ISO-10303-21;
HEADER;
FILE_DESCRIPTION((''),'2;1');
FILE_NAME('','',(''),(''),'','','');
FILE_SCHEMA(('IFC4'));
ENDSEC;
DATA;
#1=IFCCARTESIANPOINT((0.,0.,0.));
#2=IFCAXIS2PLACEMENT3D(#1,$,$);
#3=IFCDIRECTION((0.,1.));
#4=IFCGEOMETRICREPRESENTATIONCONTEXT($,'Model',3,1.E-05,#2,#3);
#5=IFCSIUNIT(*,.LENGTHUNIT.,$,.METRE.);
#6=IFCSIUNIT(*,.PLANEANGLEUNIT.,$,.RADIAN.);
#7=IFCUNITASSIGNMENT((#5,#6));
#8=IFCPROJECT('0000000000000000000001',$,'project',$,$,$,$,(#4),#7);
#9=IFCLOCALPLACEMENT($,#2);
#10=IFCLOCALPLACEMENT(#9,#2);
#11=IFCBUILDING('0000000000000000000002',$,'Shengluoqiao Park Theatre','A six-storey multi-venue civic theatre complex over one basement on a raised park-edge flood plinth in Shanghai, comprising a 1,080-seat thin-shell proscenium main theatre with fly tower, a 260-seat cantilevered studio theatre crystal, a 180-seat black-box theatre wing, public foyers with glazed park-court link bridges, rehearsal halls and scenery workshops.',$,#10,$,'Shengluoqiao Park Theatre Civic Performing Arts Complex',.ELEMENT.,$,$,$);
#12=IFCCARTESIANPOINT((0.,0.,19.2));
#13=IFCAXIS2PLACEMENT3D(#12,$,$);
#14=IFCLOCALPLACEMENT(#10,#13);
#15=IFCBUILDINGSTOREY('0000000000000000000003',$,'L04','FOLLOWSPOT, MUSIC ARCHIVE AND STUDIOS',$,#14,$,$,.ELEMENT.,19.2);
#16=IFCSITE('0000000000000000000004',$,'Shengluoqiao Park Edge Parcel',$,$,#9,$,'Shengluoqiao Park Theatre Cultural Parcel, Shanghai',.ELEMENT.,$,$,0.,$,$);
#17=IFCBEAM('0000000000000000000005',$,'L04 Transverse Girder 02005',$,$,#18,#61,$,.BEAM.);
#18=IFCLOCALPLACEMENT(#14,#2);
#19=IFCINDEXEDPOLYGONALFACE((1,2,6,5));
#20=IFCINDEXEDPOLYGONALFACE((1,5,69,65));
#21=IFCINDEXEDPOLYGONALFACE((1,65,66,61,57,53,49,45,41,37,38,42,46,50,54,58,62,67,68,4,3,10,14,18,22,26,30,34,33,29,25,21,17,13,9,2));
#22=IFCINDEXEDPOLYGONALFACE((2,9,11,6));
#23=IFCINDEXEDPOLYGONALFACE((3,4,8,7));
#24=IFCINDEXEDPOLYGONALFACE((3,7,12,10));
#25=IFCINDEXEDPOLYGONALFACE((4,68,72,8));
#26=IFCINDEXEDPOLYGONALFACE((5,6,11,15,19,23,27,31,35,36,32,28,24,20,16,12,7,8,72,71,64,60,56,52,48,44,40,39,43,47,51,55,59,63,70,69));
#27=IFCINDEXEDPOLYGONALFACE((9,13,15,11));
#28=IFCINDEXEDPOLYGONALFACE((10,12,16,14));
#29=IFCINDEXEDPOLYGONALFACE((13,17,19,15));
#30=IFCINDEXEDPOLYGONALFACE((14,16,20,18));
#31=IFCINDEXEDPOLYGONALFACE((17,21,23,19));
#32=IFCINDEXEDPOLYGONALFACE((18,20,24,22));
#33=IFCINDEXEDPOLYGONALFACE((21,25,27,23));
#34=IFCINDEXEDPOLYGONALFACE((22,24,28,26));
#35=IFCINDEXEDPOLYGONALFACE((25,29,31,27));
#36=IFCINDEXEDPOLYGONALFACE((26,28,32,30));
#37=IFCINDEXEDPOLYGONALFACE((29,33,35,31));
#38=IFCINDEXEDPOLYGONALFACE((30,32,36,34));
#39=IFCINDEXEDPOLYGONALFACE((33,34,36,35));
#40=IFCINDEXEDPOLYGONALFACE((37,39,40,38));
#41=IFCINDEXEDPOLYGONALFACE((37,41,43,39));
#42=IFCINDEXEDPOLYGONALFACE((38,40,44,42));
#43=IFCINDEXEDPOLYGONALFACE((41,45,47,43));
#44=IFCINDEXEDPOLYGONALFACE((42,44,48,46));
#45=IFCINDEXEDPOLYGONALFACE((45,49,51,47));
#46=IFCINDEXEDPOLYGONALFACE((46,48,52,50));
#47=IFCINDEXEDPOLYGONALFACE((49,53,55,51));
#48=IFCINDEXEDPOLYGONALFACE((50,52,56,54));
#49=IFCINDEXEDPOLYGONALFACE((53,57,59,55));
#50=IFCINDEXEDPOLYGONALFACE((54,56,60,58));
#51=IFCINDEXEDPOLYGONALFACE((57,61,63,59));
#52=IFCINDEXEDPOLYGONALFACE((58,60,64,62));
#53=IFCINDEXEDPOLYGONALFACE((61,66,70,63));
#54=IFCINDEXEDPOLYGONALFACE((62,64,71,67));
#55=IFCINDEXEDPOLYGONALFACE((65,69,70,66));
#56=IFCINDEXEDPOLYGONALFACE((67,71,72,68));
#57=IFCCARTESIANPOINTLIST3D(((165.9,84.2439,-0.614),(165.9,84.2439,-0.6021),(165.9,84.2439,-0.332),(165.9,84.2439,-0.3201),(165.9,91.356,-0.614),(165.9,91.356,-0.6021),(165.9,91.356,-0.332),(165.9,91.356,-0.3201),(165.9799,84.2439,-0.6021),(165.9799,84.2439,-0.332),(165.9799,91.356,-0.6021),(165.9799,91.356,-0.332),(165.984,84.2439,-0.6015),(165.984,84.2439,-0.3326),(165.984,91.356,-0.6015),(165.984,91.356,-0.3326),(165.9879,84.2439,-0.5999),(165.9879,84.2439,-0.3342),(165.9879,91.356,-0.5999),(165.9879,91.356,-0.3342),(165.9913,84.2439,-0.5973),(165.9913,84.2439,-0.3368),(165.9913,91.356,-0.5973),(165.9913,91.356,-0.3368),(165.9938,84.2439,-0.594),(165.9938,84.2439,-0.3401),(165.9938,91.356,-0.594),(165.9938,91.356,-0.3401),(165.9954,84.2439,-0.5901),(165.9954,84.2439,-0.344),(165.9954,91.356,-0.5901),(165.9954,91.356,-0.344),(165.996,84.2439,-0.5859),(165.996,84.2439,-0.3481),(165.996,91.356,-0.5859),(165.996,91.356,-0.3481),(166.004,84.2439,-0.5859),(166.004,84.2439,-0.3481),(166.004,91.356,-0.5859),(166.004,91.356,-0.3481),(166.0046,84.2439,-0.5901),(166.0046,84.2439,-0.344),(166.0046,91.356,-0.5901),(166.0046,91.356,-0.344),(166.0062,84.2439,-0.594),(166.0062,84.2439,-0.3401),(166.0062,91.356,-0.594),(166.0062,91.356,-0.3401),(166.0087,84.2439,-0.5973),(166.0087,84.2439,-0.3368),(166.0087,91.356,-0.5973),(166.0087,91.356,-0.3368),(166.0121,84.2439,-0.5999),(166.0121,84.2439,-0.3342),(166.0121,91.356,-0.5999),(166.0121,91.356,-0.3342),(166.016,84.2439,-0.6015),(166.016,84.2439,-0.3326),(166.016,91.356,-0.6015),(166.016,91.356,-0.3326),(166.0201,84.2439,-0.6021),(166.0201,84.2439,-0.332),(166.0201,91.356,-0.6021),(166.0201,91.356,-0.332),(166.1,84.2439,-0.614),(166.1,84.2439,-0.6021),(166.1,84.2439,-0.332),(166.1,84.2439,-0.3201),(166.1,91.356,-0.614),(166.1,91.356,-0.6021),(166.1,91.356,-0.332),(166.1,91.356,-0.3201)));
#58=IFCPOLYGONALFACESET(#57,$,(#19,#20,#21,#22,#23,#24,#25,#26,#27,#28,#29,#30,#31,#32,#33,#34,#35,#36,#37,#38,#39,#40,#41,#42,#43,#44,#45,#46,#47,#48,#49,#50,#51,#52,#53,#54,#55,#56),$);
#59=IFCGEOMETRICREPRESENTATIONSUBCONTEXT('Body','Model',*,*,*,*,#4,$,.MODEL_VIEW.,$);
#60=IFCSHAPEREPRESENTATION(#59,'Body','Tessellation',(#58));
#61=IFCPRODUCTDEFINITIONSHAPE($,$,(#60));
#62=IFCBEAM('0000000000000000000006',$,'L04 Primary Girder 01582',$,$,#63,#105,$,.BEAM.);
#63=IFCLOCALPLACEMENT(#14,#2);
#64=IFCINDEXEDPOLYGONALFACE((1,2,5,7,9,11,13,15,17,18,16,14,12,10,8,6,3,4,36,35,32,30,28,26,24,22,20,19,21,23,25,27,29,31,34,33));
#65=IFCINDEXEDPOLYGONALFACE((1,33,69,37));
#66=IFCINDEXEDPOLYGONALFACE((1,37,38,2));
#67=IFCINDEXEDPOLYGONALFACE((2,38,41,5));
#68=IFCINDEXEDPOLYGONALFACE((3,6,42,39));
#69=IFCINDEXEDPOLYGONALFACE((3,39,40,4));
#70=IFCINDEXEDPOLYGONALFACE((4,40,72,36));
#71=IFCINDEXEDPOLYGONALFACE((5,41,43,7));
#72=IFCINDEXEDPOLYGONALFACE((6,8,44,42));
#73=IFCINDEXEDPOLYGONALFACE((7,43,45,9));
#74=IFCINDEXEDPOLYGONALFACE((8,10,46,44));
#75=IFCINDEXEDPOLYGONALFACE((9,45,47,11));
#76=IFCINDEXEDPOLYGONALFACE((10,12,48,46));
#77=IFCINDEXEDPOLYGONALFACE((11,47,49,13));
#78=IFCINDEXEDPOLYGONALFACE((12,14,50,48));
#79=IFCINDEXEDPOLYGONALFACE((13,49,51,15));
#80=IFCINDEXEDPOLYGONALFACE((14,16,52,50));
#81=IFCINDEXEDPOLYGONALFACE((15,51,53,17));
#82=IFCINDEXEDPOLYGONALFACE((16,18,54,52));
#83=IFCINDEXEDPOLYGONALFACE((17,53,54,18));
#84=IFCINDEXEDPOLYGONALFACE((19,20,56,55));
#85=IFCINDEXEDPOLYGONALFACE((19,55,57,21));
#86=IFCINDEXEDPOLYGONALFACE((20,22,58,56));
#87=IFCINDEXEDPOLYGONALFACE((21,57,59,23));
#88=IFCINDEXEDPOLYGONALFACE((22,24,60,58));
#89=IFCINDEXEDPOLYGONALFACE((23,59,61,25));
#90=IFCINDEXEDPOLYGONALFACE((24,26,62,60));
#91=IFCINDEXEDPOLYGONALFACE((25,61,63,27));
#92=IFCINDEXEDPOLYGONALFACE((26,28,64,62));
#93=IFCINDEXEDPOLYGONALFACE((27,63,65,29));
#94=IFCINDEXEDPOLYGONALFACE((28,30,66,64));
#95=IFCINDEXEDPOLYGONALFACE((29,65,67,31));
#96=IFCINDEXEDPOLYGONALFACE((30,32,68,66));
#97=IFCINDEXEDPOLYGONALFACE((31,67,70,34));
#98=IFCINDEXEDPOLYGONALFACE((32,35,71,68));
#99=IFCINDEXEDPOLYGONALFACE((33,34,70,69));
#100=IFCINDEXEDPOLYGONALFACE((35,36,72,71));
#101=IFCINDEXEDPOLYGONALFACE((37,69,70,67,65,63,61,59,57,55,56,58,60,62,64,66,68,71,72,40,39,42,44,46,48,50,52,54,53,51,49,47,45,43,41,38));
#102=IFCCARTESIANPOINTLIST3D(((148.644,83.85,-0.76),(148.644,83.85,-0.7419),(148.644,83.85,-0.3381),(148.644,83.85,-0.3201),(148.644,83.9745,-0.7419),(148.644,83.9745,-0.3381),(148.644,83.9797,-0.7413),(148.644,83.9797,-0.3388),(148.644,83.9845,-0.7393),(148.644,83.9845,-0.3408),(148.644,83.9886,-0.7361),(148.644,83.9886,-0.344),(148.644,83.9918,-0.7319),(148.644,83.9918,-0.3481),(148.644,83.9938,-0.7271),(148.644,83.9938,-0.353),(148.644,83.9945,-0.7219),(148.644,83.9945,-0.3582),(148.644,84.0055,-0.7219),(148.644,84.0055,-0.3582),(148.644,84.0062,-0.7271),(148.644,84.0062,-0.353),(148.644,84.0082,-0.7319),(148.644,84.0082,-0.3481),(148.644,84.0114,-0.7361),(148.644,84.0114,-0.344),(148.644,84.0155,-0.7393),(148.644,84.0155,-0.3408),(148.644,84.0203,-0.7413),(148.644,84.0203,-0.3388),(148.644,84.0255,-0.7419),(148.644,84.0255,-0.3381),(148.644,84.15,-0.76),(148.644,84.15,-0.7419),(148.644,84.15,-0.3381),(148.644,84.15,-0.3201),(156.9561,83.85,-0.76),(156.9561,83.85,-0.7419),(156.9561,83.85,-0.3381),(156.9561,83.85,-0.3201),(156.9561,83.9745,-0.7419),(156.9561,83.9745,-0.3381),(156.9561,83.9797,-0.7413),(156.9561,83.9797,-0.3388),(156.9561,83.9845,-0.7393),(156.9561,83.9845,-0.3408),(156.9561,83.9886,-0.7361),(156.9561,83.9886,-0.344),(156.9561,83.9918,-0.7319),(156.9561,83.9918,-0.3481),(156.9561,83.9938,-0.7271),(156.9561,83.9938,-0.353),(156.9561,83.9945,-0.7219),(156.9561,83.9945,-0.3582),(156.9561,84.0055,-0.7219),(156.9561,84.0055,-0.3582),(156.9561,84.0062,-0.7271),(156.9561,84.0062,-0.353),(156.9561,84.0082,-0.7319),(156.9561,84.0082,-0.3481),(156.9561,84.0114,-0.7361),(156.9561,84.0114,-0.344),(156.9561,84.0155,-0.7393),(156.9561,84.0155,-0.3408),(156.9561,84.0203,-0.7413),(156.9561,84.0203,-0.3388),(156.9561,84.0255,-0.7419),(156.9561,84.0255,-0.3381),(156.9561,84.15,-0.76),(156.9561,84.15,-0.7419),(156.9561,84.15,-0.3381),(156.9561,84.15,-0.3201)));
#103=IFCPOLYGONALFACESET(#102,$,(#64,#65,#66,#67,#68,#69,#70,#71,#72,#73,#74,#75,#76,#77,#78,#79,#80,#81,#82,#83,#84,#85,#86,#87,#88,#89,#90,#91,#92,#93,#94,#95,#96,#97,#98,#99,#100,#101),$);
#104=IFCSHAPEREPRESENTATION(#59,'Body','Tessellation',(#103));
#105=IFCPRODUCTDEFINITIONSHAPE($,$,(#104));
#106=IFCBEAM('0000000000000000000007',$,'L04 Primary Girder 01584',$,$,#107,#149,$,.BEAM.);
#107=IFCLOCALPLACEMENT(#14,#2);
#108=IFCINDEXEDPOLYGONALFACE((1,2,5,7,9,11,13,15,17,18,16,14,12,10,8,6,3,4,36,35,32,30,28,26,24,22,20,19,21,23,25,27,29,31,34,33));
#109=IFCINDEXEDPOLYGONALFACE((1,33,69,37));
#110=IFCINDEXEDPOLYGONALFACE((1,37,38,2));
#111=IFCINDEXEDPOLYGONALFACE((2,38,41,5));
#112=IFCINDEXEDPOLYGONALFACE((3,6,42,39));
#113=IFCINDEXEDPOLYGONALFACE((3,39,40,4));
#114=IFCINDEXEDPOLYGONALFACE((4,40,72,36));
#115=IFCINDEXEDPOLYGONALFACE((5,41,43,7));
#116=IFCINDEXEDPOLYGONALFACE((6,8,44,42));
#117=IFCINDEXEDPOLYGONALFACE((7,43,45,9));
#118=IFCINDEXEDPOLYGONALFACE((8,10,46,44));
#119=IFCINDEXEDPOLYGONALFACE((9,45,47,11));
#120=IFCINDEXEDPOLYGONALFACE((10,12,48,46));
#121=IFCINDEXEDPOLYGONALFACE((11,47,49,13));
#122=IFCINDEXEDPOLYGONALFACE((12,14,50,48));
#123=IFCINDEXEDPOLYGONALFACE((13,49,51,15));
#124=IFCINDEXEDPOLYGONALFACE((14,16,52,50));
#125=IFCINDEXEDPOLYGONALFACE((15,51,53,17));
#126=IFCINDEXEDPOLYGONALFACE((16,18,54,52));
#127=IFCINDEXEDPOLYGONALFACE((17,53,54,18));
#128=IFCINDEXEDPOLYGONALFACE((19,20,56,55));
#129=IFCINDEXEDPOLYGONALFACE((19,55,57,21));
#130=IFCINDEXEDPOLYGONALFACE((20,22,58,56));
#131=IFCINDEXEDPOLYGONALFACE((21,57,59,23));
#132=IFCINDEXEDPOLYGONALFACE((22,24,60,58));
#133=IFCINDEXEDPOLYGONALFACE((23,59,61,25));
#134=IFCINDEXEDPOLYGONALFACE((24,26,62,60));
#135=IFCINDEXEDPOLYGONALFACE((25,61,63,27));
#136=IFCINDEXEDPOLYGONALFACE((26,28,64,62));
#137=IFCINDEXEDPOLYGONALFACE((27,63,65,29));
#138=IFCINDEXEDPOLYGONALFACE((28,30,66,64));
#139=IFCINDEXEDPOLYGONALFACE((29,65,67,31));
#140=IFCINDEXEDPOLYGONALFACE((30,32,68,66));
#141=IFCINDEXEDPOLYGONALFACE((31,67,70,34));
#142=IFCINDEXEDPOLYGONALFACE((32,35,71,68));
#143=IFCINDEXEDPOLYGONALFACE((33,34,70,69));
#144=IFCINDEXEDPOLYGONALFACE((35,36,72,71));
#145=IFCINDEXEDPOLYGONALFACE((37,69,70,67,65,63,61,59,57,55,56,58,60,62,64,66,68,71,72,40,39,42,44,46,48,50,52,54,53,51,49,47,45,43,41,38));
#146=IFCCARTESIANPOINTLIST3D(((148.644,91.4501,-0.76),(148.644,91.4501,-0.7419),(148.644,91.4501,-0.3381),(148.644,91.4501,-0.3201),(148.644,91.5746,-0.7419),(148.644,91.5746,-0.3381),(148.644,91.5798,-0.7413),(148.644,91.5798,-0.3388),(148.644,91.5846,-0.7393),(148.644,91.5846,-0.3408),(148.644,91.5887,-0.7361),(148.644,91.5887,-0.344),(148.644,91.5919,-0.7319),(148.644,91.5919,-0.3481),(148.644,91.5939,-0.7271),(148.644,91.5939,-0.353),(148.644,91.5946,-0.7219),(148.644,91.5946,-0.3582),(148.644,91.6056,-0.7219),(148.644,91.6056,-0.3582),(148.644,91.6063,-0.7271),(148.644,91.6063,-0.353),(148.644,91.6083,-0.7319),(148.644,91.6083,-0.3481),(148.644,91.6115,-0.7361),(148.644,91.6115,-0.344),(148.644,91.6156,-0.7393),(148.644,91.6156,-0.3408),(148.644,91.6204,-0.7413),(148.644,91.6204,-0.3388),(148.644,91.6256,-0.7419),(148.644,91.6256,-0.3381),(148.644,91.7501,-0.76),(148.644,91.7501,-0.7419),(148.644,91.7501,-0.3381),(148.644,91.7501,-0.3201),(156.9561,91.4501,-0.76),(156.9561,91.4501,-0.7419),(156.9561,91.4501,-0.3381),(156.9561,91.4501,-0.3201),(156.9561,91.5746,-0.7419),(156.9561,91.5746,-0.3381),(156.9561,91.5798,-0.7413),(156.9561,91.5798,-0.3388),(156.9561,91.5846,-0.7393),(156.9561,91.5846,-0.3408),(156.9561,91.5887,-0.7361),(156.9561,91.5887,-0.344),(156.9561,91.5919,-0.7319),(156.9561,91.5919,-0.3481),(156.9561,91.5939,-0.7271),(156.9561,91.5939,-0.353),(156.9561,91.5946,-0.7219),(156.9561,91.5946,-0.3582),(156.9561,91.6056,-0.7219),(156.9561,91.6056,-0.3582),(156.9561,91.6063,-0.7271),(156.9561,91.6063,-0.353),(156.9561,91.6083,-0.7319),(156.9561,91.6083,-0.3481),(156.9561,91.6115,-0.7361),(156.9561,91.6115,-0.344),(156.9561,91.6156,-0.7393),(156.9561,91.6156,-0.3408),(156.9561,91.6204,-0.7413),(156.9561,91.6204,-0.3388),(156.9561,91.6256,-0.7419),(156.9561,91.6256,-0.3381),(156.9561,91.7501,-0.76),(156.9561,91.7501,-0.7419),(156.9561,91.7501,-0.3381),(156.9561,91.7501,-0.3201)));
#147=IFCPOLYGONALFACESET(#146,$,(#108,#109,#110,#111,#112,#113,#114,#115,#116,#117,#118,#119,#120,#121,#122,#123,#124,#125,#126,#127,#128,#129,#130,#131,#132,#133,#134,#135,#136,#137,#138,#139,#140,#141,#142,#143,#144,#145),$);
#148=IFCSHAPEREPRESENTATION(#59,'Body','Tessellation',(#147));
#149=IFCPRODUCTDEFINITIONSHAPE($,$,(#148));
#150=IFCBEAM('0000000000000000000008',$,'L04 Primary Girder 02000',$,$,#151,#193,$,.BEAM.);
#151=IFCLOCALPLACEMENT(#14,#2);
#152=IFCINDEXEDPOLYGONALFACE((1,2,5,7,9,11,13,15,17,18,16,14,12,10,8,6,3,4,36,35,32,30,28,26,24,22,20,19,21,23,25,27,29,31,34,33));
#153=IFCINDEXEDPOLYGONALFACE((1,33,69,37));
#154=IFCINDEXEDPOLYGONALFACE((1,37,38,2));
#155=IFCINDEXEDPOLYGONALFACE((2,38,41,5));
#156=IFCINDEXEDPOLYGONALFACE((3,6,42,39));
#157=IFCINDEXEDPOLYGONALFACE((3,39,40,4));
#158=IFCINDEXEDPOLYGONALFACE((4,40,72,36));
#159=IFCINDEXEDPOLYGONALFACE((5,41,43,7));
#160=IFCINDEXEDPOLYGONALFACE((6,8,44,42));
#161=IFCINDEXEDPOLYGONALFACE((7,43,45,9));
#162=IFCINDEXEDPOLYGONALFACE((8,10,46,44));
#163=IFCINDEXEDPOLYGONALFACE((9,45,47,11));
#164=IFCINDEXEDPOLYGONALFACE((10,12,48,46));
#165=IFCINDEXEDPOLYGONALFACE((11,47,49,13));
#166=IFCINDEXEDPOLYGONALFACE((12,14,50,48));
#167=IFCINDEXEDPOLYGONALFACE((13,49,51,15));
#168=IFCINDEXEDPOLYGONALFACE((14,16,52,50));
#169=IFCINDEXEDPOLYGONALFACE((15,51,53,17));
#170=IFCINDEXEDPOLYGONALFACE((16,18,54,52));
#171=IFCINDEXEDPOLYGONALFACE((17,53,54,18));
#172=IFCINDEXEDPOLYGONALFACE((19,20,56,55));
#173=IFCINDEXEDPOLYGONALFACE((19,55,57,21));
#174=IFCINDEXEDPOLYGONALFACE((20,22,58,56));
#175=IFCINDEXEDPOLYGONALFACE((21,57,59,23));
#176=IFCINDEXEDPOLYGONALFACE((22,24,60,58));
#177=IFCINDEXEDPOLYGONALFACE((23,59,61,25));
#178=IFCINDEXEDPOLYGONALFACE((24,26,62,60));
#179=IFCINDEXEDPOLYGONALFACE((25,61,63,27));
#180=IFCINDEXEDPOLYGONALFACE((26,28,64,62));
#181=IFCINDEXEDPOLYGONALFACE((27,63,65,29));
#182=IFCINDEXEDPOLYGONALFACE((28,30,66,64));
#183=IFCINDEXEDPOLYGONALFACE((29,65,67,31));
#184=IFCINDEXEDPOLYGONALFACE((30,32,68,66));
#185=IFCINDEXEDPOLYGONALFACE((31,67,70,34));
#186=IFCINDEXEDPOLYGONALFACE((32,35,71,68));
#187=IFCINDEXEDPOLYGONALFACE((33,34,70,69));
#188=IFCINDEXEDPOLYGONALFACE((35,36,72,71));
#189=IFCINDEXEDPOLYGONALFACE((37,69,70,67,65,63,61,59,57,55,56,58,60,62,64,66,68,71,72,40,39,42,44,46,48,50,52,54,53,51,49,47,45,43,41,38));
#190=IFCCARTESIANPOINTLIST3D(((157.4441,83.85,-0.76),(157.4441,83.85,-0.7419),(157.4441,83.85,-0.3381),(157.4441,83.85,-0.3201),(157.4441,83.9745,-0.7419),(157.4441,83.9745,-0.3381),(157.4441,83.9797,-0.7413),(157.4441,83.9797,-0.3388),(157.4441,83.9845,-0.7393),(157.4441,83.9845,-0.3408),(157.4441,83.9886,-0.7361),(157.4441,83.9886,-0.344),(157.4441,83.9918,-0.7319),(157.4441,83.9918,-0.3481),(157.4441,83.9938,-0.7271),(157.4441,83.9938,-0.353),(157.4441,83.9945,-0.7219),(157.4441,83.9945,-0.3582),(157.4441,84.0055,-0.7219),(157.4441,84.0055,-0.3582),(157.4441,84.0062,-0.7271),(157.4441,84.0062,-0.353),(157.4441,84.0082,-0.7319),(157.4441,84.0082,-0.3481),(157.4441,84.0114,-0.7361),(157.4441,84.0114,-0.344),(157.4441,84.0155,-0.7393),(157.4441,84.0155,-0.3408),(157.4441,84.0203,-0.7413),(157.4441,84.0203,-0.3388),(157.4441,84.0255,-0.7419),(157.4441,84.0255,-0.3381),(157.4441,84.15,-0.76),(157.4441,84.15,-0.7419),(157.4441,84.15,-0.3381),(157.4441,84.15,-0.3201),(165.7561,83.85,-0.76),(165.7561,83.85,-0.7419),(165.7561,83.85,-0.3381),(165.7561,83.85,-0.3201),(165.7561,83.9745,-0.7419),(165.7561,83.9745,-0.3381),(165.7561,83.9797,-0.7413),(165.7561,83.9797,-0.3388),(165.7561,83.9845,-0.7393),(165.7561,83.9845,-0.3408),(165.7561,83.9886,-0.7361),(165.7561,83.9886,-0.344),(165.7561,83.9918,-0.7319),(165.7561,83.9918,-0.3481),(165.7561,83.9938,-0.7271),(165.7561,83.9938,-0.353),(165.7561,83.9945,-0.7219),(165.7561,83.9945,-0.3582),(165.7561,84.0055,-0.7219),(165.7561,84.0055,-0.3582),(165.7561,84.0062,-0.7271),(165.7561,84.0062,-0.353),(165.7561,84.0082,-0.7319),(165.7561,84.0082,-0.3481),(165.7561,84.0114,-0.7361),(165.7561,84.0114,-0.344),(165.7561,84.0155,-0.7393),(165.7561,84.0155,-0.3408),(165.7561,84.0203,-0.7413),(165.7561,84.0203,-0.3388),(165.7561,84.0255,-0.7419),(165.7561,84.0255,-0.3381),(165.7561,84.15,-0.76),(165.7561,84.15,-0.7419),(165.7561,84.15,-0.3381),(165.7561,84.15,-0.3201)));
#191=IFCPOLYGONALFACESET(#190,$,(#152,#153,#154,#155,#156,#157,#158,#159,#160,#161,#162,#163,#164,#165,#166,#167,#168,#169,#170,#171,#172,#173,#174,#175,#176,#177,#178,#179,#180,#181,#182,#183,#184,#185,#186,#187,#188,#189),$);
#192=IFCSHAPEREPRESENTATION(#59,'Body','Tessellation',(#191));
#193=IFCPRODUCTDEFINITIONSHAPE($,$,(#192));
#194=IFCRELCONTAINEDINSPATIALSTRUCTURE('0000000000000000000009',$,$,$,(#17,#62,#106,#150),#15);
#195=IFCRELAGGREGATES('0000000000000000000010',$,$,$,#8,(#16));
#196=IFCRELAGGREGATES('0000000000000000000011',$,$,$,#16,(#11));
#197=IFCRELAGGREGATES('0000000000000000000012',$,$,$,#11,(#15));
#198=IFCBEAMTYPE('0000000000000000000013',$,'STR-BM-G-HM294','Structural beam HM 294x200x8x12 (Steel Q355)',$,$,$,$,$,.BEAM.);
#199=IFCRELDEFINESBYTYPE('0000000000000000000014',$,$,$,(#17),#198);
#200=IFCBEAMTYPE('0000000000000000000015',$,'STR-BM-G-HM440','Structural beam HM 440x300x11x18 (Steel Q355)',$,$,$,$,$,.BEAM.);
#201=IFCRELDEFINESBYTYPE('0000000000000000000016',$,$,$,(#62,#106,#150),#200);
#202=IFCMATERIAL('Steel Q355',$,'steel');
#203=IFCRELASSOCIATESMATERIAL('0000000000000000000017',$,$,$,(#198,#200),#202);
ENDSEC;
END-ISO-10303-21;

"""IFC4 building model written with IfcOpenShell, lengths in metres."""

from ifc_helpers import new_model, si_unit, direction, frame, origin, origin_2d, place, context, subcontext, project, spatial, i_section, extrude, material, material_profile, profile_set, type_object, element, save


model = new_model("IFC4")

# Units and contexts
model_context = context("Model", 3, precision=1e-05, world=origin(), true_north=direction((0.0, 1.0)))
body_context = subcontext(model_context, "Body", "Model", "MODEL_VIEW")
ifc_project = project(units=[si_unit("LENGTHUNIT", "METRE"), si_unit("PLANEANGLEUNIT", "RADIAN")], contexts=[model_context])

# Site, building, storey
site_placement = place(None, origin())
site = spatial("IfcSite", under=ifc_project, at=site_placement, Name="Shengluoqiao Park Edge Parcel", LongName="Shengluoqiao Park Theatre Cultural Parcel, Shanghai", CompositionType="ELEMENT", RefElevation=0.0)
building_placement = place(site_placement, origin())
building = spatial("IfcBuilding", under=site, at=building_placement, Name="Shengluoqiao Park Theatre", Description="A six-storey multi-venue civic theatre complex over one basement on a raised park-edge flood plinth in Shanghai, comprising a 1,080-seat thin-shell proscenium main theatre with fly tower, a 260-seat cantilevered studio theatre crystal, a 180-seat black-box theatre wing, public foyers with glazed park-court link bridges, rehearsal halls and scenery workshops.", LongName="Shengluoqiao Park Theatre Civic Performing Arts Complex", CompositionType="ELEMENT")
storey_placement = place(building_placement, frame((0.0, 0.0, 19.2)))
storey = spatial("IfcBuildingStorey", under=building, at=storey_placement, Name="L04", Description="FOLLOWSPOT, MUSIC ARCHIVE AND STUDIOS", CompositionType="ELEMENT", Elevation=19.2)

# Shared definitions
ifc_material_1 = material(Name="Steel Q355", Category="steel")

# Beams
ifc_material_profile_1 = material_profile(ifc_material_1, i_section(OverallWidth=0.2, OverallDepth=0.2939, WebThickness=0.0081, FlangeThickness=0.012, FilletRadius=0.0161, at=origin_2d()), Name="HM 294x200x8x12")
ifc_profile_set_1 = profile_set([ifc_material_profile_1], Name="Steel Q355")
beam_type_1 = type_object("IfcBeamType", Name="STR-BM-G-HM294", Description="Structural beam HM 294x200x8x12 (Steel Q355)", PredefinedType="BEAM", material=ifc_profile_set_1)
for number, where, z_axis, x_axis, name in (
    (1, (166.0, 84.2439, -0.467), (0.0, 1.0, 0.0), (-1.0, 0.0, 0.0), "L04 Transverse Girder 02005"),
):
    element("IfcBeam", number, at=place(storey_placement, frame(where, z_axis=z_axis, x_axis=x_axis)), inside=storey, type_object=beam_type_1, Name=name, PredefinedType="BEAM", context=body_context, shape_type="SweptSolid", body=[
        extrude(i_section(OverallWidth=0.2, OverallDepth=0.2939, WebThickness=0.0081, FlangeThickness=0.012, FilletRadius=0.0161, at=origin_2d()), origin(), (0.0, 0.0, 1.0), 7.1121),
    ])
ifc_material_profile_2 = material_profile(ifc_material_1, i_section(OverallWidth=0.3, OverallDepth=0.4399, WebThickness=0.011, FlangeThickness=0.0181, FilletRadius=0.02, at=origin_2d()), Name="HM 440x300x11x18")
ifc_profile_set_2 = profile_set([ifc_material_profile_2], Name="Steel Q355")
beam_type_2 = type_object("IfcBeamType", Name="STR-BM-G-HM440", Description="Structural beam HM 440x300x11x18 (Steel Q355)", PredefinedType="BEAM", material=ifc_profile_set_2)
for number, where, z_axis, x_axis, name in (
    (2, (148.644, 84.0, -0.54), (1.0, 0.0, 0.0), (0.0, 1.0, 0.0), "L04 Primary Girder 01582"),
    (3, (148.644, 91.6001, -0.54), (1.0, 0.0, 0.0), (0.0, 1.0, 0.0), "L04 Primary Girder 01584"),
    (4, (157.4441, 84.0, -0.54), (1.0, 0.0, 0.0), (0.0, 1.0, 0.0), "L04 Primary Girder 02000"),
):
    element("IfcBeam", number, at=place(storey_placement, frame(where, z_axis=z_axis, x_axis=x_axis)), inside=storey, type_object=beam_type_2, Name=name, PredefinedType="BEAM", context=body_context, shape_type="SweptSolid", body=[
        extrude(i_section(OverallWidth=0.3, OverallDepth=0.4399, WebThickness=0.011, FlangeThickness=0.0181, FilletRadius=0.02, at=origin_2d()), origin(), (0.0, 0.0, 1.0), 8.312),
    ])

save(model, "model.ifc")
